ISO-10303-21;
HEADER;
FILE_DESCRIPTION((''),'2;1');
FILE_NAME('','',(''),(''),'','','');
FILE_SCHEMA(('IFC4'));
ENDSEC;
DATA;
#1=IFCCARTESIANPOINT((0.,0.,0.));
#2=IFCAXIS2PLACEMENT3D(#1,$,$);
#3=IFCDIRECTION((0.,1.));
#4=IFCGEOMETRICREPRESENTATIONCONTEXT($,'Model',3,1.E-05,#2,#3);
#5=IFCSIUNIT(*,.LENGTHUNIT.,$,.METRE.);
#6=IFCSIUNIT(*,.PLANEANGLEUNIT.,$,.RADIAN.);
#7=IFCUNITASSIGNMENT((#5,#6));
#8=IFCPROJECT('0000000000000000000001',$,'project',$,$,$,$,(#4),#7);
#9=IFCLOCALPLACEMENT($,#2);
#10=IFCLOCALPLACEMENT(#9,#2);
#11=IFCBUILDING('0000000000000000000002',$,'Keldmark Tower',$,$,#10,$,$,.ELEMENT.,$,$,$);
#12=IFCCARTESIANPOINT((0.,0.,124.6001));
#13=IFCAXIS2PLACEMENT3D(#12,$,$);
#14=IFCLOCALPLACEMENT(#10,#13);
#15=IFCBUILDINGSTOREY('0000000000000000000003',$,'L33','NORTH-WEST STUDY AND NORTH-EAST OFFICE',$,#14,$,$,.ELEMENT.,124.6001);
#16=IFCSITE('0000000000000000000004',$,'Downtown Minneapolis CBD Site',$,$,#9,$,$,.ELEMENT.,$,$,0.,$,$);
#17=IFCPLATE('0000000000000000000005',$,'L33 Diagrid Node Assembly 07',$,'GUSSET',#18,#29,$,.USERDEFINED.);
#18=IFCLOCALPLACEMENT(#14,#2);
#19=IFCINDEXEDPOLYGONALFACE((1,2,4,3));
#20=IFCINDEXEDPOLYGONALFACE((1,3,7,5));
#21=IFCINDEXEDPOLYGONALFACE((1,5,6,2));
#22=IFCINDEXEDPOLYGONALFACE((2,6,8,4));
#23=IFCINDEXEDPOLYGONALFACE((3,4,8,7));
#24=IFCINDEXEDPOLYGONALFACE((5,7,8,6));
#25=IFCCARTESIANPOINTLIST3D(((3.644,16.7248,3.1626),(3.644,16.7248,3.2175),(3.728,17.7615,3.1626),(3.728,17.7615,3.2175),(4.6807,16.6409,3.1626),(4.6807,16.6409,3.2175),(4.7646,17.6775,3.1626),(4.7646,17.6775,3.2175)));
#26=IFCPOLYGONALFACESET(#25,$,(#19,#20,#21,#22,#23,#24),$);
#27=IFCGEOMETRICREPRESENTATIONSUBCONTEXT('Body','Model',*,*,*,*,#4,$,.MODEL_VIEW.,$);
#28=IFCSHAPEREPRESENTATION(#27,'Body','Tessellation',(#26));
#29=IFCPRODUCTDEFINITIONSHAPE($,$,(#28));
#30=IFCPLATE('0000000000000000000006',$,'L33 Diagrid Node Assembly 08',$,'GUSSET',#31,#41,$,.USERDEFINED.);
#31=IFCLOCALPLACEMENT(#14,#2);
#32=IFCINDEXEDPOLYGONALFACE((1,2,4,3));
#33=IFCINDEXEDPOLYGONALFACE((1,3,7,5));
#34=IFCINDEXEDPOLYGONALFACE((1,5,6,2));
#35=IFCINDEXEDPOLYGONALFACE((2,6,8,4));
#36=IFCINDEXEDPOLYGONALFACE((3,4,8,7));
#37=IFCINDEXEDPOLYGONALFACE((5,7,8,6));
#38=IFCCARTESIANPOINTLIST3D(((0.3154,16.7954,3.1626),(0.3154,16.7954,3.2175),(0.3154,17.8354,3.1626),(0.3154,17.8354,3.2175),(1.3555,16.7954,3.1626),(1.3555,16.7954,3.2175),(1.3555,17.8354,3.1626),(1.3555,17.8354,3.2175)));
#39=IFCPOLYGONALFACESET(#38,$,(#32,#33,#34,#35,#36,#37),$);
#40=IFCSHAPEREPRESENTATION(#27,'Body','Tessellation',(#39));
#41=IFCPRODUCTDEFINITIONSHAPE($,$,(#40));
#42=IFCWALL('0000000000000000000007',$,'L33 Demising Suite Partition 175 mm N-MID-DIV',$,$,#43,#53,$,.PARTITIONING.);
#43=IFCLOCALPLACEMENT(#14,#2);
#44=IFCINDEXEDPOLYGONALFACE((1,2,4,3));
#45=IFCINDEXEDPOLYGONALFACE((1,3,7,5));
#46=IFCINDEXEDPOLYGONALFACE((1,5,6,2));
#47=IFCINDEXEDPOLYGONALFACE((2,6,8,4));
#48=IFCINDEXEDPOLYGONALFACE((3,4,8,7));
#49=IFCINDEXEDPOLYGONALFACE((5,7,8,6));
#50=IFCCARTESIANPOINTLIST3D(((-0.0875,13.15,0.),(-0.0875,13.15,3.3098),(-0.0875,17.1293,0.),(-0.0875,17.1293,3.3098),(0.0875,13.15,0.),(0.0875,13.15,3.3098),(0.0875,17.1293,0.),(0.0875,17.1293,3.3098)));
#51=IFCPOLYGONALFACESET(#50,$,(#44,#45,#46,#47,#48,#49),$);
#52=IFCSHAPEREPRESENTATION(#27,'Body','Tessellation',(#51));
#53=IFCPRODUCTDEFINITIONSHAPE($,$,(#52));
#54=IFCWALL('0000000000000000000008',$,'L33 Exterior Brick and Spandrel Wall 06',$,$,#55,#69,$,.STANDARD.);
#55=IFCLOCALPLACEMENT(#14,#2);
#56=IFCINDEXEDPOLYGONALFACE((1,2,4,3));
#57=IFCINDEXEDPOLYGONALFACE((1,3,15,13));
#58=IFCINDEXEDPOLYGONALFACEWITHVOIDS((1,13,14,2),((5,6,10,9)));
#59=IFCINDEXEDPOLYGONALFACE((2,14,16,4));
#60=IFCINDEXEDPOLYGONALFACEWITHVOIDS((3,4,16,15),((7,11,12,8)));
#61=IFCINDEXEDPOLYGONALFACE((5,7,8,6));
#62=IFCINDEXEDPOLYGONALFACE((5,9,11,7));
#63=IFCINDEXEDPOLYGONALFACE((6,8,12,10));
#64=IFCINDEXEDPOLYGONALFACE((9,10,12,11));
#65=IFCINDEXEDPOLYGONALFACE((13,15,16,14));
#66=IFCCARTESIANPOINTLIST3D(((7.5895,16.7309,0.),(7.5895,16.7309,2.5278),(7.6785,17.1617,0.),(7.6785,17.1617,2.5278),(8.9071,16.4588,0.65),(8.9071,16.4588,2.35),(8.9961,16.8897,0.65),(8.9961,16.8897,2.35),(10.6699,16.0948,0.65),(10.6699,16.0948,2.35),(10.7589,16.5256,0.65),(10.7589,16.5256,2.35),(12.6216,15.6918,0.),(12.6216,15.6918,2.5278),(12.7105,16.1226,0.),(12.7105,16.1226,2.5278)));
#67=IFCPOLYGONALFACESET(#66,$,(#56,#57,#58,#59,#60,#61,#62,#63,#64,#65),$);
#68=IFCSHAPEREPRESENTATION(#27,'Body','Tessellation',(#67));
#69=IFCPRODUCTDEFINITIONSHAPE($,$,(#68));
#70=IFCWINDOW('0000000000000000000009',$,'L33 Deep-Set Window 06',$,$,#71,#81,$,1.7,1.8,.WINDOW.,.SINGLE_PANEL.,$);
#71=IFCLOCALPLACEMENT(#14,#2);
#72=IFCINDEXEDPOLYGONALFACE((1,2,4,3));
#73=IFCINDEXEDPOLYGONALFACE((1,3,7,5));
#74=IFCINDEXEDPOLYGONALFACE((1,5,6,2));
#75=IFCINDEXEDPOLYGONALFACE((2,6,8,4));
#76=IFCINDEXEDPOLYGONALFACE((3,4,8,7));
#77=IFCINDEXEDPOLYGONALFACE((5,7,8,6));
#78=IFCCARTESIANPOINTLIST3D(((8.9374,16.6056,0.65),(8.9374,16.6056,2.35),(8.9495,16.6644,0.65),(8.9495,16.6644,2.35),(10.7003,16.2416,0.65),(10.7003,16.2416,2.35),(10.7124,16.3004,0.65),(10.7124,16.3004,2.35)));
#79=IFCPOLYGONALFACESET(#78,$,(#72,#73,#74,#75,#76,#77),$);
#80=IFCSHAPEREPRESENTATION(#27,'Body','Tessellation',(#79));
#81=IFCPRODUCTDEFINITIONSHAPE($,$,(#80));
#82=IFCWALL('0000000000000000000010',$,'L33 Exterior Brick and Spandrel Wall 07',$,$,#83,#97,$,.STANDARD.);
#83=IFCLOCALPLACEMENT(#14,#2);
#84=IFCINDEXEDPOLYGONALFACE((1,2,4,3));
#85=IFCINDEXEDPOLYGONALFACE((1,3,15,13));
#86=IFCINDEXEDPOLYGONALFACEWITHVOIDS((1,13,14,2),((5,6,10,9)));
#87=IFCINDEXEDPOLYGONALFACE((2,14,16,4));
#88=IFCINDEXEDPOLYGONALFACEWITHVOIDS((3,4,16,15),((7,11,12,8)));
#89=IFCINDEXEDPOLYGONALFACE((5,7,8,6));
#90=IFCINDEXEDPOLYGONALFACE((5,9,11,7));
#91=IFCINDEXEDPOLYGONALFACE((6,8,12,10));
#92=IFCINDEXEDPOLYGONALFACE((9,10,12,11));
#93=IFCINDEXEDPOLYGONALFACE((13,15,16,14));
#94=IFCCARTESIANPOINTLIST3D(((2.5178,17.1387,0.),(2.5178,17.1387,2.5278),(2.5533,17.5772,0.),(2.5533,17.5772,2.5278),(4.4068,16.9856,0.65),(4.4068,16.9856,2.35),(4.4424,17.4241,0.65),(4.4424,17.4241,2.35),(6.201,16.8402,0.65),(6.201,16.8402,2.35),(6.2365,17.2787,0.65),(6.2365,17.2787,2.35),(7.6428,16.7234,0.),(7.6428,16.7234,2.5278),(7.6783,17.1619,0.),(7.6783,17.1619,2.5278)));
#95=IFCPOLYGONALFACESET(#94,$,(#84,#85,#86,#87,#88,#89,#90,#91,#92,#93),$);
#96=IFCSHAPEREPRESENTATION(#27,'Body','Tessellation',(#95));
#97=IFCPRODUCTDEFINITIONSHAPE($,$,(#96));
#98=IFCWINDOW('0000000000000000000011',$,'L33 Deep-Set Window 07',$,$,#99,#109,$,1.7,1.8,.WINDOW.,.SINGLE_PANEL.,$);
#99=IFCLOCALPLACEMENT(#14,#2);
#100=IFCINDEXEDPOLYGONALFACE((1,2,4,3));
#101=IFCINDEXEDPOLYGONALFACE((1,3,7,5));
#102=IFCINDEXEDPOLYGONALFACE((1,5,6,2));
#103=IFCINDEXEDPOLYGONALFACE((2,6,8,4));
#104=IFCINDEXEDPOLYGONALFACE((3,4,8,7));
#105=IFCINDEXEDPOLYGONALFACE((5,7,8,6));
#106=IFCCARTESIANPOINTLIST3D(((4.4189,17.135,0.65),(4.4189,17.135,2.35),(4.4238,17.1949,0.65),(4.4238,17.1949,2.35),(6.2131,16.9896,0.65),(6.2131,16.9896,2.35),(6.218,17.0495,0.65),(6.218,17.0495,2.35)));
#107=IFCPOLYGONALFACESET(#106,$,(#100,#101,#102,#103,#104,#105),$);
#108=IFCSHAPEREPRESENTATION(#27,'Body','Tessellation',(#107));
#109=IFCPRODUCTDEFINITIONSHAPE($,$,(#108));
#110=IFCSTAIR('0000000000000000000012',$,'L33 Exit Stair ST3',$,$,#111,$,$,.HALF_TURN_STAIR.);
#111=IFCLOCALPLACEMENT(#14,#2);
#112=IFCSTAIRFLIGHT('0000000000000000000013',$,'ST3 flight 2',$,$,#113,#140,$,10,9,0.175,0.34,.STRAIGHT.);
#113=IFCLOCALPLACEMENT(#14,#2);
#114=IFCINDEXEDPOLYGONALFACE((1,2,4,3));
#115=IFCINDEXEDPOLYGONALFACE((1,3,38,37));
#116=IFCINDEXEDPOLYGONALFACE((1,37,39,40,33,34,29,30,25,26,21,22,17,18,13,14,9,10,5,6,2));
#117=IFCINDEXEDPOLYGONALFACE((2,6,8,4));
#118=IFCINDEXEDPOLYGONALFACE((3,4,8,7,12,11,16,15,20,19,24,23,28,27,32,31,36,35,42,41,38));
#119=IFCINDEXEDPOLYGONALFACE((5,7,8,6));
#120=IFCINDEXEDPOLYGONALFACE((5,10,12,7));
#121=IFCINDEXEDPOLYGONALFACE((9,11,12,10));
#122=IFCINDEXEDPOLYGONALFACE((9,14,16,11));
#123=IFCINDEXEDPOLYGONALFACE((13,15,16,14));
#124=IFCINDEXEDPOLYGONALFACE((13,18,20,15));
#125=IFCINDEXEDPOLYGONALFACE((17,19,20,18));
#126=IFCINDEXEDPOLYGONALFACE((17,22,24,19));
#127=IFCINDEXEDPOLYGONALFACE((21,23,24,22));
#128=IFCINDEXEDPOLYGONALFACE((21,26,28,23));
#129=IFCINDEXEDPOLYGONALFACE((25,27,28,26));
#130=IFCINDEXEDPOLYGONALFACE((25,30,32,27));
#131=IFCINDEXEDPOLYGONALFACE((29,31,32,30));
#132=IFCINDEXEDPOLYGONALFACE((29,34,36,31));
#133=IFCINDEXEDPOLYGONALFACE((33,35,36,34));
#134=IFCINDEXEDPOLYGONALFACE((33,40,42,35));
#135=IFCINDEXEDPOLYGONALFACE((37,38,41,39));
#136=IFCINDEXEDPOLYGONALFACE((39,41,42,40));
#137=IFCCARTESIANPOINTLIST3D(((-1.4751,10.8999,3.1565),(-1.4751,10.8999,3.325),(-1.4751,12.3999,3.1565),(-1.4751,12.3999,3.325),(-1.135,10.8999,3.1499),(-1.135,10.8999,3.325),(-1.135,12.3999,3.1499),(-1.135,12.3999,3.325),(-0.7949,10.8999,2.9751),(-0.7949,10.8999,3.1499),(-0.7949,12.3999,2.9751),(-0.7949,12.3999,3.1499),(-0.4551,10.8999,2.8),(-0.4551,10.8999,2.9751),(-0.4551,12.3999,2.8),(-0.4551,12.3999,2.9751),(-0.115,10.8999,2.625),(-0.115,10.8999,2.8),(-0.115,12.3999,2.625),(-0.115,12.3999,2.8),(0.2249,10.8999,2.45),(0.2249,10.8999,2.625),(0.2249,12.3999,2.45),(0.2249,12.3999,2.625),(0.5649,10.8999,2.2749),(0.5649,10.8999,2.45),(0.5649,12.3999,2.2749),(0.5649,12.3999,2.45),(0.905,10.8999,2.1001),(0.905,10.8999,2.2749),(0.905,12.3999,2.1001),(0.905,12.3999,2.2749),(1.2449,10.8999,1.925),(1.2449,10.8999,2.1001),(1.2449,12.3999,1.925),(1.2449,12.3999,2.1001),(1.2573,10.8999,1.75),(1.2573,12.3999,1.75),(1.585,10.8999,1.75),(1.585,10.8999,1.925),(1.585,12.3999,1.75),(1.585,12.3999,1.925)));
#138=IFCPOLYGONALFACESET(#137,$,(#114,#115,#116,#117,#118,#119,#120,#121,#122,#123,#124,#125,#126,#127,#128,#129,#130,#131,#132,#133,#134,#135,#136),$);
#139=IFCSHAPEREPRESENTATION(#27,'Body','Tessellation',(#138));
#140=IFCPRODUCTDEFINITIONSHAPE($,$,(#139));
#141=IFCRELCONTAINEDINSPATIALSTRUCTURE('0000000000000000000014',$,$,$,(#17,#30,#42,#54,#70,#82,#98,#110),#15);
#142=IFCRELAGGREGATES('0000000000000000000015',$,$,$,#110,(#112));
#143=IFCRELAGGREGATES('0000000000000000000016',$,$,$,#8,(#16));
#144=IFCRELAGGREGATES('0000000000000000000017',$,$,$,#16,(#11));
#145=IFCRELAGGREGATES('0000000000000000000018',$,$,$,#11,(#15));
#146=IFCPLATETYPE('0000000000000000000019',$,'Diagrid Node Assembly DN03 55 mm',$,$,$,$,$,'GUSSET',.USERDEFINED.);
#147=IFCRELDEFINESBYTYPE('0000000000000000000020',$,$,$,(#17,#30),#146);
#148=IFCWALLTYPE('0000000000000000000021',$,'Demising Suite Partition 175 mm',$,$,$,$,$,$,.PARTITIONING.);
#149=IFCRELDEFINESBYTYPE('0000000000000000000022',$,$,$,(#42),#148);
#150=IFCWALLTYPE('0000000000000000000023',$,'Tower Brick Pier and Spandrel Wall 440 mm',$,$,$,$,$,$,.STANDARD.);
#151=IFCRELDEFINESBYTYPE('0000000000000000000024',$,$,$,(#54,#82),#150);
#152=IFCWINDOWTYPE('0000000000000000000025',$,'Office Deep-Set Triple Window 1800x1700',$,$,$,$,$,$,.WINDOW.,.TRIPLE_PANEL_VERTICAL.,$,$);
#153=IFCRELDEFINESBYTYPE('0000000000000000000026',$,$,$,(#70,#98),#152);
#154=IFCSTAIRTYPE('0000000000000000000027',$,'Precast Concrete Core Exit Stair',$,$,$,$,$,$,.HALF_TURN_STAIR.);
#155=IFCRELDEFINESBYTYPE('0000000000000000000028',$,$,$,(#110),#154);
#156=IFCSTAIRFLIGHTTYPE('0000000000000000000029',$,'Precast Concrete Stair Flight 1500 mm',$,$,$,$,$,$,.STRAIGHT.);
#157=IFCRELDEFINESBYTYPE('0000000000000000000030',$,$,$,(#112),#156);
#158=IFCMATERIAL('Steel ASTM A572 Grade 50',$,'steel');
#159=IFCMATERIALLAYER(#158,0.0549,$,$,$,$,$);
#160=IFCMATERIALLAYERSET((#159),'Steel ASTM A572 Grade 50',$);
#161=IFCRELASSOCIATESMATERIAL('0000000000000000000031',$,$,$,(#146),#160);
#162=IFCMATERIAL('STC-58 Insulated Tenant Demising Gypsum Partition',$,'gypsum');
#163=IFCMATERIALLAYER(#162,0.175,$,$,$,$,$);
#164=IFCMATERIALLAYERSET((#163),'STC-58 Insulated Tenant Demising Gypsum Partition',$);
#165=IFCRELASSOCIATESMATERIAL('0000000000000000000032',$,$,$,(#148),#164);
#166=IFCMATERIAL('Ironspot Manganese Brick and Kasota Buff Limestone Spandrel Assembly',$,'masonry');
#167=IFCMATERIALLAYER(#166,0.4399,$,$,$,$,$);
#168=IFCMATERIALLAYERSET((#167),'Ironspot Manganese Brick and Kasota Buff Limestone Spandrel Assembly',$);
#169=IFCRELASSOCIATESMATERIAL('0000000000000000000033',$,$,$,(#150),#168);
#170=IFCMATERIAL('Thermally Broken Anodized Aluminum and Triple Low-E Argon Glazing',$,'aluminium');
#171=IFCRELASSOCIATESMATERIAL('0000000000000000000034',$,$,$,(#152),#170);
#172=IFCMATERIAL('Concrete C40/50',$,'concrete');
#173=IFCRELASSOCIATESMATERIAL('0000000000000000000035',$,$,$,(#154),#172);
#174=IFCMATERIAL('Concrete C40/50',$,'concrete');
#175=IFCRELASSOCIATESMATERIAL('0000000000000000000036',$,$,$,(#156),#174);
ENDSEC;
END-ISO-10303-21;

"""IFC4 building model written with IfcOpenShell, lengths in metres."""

from ifc_helpers import new_model, si_unit, direction, frame, frame_2d, origin, origin_2d, place, context, subcontext, project, spatial, polyline, rectangle, outline, extrude, material, layer, layer_set, type_object, element, fill, aggregate, save


model = new_model("IFC4")

# Units and contexts
model_context = context("Model", 3, precision=1e-05, world=origin(), true_north=direction((0.0, 1.0)))
body_context = subcontext(model_context, "Body", "Model", "MODEL_VIEW")
ifc_project = project(units=[si_unit("LENGTHUNIT", "METRE"), si_unit("PLANEANGLEUNIT", "RADIAN")], contexts=[model_context])

# Site, building, storey
site_placement = place(None, origin())
site = spatial("IfcSite", under=ifc_project, at=site_placement, Name="Downtown Minneapolis CBD Site", CompositionType="ELEMENT", RefElevation=0.0)
building_placement = place(site_placement, origin())
building = spatial("IfcBuilding", under=site, at=building_placement, Name="Keldmark Tower", CompositionType="ELEMENT")
storey_placement = place(building_placement, frame((0.0, 0.0, 124.6001)))
storey = spatial("IfcBuildingStorey", under=building, at=storey_placement, Name="L33", Description="NORTH-WEST STUDY AND NORTH-EAST OFFICE", CompositionType="ELEMENT", Elevation=124.6001)

# Plates
ifc_material_1 = material(Name="Steel ASTM A572 Grade 50", Category="steel")
ifc_layer_1 = layer(ifc_material_1, 0.0549)
ifc_layer_set_1 = layer_set([ifc_layer_1], Name="Steel ASTM A572 Grade 50")
plate_type_1 = type_object("IfcPlateType", Name="Diagrid Node Assembly DN03 55 mm", ElementType="GUSSET", PredefinedType="USERDEFINED", material=ifc_layer_set_1)
for number, where, z_axis, x_axis, name in (
    (1, (4.2043, 17.2012, 3.1626), (0.0, 0.0, 1.0), (-0.996737, 0.080721, 0.0), "L33 Diagrid Node Assembly 07"),
    (2, (0.8354, 17.3154, 3.1626), (0.0, 0.0, 1.0), (-1.0, 0.0, 0.0), "L33 Diagrid Node Assembly 08"),
):
    element("IfcPlate", number, at=place(storey_placement, frame(where, z_axis=z_axis, x_axis=x_axis)), inside=storey, type_object=plate_type_1, Name=name, ObjectType="GUSSET", PredefinedType="USERDEFINED", context=body_context, shape_type="SweptSolid", body=[
        extrude(rectangle(XDim=1.04, YDim=1.04, at=origin_2d()), origin(), (0.0, 0.0, 1.0), 0.0549),
    ])

# Wall
ifc_material_2 = material(Name="STC-58 Insulated Tenant Demising Gypsum Partition", Category="gypsum")
ifc_layer_2 = layer(ifc_material_2, 0.175)
ifc_layer_set_2 = layer_set([ifc_layer_2], Name="STC-58 Insulated Tenant Demising Gypsum Partition")
wall_type_1 = type_object("IfcWallType", Name="Demising Suite Partition 175 mm", PredefinedType="PARTITIONING", material=ifc_layer_set_2)
wall_1_placement = place(storey_placement, frame((0.0, 13.1499, 0.0), z_axis=(0.0, 0.0, 1.0), x_axis=(0.0, 1.0, 0.0)))
element("IfcWall", 3, at=wall_1_placement, inside=storey, type_object=wall_type_1, Name="L33 Demising Suite Partition 175 mm N-MID-DIV", PredefinedType="PARTITIONING", context=body_context, shape_type="SweptSolid", body=[
    extrude(rectangle(XDim=3.9792, YDim=0.175, at=frame_2d((1.9897, 0.0))), origin(), (0.0, 0.0, 1.0), 3.3098),
])

# Walls, openings, windows
ifc_material_3 = material(Name="Ironspot Manganese Brick and Kasota Buff Limestone Spandrel Assembly", Category="masonry")
ifc_layer_3 = layer(ifc_material_3, 0.4399)
ifc_layer_set_3 = layer_set([ifc_layer_3], Name="Ironspot Manganese Brick and Kasota Buff Limestone Spandrel Assembly")
wall_type_2 = type_object("IfcWallType", Name="Tower Brick Pier and Spandrel Wall 440 mm", PredefinedType="STANDARD", material=ifc_layer_set_3)
wall_2_placement = place(storey_placement, frame((7.634, 16.9463, 0.0), z_axis=(0.0, 0.0, 1.0), x_axis=(0.979339, -0.202225, 0.0)))
wall_2 = element("IfcWall", 4, at=wall_2_placement, inside=storey, type_object=wall_type_2, Name="L33 Exterior Brick and Spandrel Wall 06", PredefinedType="STANDARD", context=body_context, shape_type="SweptSolid", body=[
    extrude(rectangle(XDim=5.1382, YDim=0.4399, at=frame_2d((2.5691, 0.0))), origin(), (0.0, 0.0, 1.0), 2.5278),
])
opening_1_placement = place(wall_2_placement, frame((1.3455, 0.0, 0.6499)))
opening_1 = element("IfcOpeningElement", 5, at=opening_1_placement, cuts=wall_2, PredefinedType="OPENING", context=body_context, shape_type="SweptSolid", body=[
    extrude(rectangle(XDim=1.8, YDim=1.7, at=frame_2d((0.8999, 0.8501))), frame((0.0, 0.23, 0.0), z_axis=(0.0, -1.0, 0.0), x_axis=(1.0, 0.0, 0.0)), (0.0, 0.0, 1.0), 0.46),
])
ifc_material_4 = material(Name="Thermally Broken Anodized Aluminum and Triple Low-E Argon Glazing", Category="aluminium")
window_type = type_object("IfcWindowType", Name="Office Deep-Set Triple Window 1800x1700", PartitioningType="TRIPLE_PANEL_VERTICAL", PredefinedType="WINDOW", material=ifc_material_4)
window_1_placement = place(opening_1_placement, origin())
window_1 = element("IfcWindow", 6, at=window_1_placement, inside=storey, type_object=window_type, Name="L33 Deep-Set Window 06", OverallHeight=1.7, OverallWidth=1.8, PartitioningType="SINGLE_PANEL", PredefinedType="WINDOW", context=body_context, shape_type="SweptSolid", body=[
    extrude(rectangle(XDim=1.8, YDim=1.7, at=frame_2d((0.8999, 0.8501))), frame((0.0, -0.01, 0.0), z_axis=(0.0, -1.0, 0.0), x_axis=(1.0, 0.0, 0.0)), (0.0, 0.0, 1.0), 0.0601),
])
fill(opening_1, window_1)
wall_3_placement = place(storey_placement, frame((2.5356, 17.3579, 0.0), z_axis=(0.0, 0.0, 1.0), x_axis=(0.996733, -0.080766, 0.0)))
wall_3 = element("IfcWall", 7, at=wall_3_placement, inside=storey, type_object=wall_type_2, Name="L33 Exterior Brick and Spandrel Wall 07", PredefinedType="STANDARD", context=body_context, shape_type="SweptSolid", body=[
    extrude(rectangle(XDim=5.1418, YDim=0.4399, at=frame_2d((2.5708, 0.0))), origin(), (0.0, 0.0, 1.0), 2.5278),
])
opening_2_placement = place(wall_3_placement, frame((1.8953, 0.0, 0.6499)))
opening_2 = element("IfcOpeningElement", 8, at=opening_2_placement, cuts=wall_3, PredefinedType="OPENING", context=body_context, shape_type="SweptSolid", body=[
    extrude(rectangle(XDim=1.8, YDim=1.7, at=frame_2d((0.8999, 0.8501))), frame((0.0, 0.23, 0.0), z_axis=(0.0, -1.0, 0.0), x_axis=(1.0, 0.0, 0.0)), (0.0, 0.0, 1.0), 0.46),
])
window_2_placement = place(opening_2_placement, origin())
window_2 = element("IfcWindow", 9, at=window_2_placement, inside=storey, type_object=window_type, Name="L33 Deep-Set Window 07", OverallHeight=1.7, OverallWidth=1.8, PartitioningType="SINGLE_PANEL", PredefinedType="WINDOW", context=body_context, shape_type="SweptSolid", body=[
    extrude(rectangle(XDim=1.8, YDim=1.7, at=frame_2d((0.8999, 0.8501))), frame((0.0, -0.01, 0.0), z_axis=(0.0, -1.0, 0.0), x_axis=(1.0, 0.0, 0.0)), (0.0, 0.0, 1.0), 0.0601),
])
fill(opening_2, window_2)

# Stair, stair flight
ifc_material_5 = material(Name="Concrete C40/50", Category="concrete")
stair_type = type_object("IfcStairType", Name="Precast Concrete Core Exit Stair", PredefinedType="HALF_TURN_STAIR", material=ifc_material_5)
stair_placement = place(storey_placement, origin())
stair = element("IfcStair", 10, at=stair_placement, inside=storey, type_object=stair_type, Name="L33 Exit Stair ST3", PredefinedType="HALF_TURN_STAIR")
ifc_material_6 = material(Name="Concrete C40/50", Category="concrete")
stair_flight_type = type_object("IfcStairFlightType", Name="Precast Concrete Stair Flight 1500 mm", PredefinedType="STRAIGHT", material=ifc_material_6)
stair_flight_placement = place(storey_placement, frame((1.585, 11.6499, 1.75), z_axis=(0.0, 0.0, 1.0), x_axis=(-1.0, 0.0, 0.0)))
stair_flight = element("IfcStairFlight", 11, at=stair_flight_placement, type_object=stair_flight_type, Name="ST3 flight 2", NumberOfRisers=10, NumberOfTreads=9, PredefinedType="STRAIGHT", RiserHeight=0.175, TreadLength=0.34, context=body_context, shape_type="SweptSolid", body=[
    extrude(outline(polyline([(0.0, 0.0), (0.0, 0.175), (0.3401, 0.175), (0.3401, 0.3501), (0.6799, 0.3501), (0.6799, 0.5249), (1.02, 0.5249), (1.02, 0.7), (1.3601, 0.7), (1.3601, 0.875), (1.7, 0.875), (1.7, 1.05), (2.04, 1.05), (2.04, 1.2251), (2.3799, 1.2251), (2.3799, 1.3999), (2.72, 1.3999), (2.72, 1.575), (3.0601, 1.575), (3.0601, 1.75), (3.0601, 1.4065), (0.3276, 0.0), (0.0, 0.0)])), frame((0.0, 0.75, 0.0), z_axis=(0.0, -1.0, 0.0), x_axis=(1.0, 0.0, 0.0)), (0.0, 0.0, 1.0), 1.5),
])
aggregate(stair, [stair_flight])

save(model, "model.ifc")
